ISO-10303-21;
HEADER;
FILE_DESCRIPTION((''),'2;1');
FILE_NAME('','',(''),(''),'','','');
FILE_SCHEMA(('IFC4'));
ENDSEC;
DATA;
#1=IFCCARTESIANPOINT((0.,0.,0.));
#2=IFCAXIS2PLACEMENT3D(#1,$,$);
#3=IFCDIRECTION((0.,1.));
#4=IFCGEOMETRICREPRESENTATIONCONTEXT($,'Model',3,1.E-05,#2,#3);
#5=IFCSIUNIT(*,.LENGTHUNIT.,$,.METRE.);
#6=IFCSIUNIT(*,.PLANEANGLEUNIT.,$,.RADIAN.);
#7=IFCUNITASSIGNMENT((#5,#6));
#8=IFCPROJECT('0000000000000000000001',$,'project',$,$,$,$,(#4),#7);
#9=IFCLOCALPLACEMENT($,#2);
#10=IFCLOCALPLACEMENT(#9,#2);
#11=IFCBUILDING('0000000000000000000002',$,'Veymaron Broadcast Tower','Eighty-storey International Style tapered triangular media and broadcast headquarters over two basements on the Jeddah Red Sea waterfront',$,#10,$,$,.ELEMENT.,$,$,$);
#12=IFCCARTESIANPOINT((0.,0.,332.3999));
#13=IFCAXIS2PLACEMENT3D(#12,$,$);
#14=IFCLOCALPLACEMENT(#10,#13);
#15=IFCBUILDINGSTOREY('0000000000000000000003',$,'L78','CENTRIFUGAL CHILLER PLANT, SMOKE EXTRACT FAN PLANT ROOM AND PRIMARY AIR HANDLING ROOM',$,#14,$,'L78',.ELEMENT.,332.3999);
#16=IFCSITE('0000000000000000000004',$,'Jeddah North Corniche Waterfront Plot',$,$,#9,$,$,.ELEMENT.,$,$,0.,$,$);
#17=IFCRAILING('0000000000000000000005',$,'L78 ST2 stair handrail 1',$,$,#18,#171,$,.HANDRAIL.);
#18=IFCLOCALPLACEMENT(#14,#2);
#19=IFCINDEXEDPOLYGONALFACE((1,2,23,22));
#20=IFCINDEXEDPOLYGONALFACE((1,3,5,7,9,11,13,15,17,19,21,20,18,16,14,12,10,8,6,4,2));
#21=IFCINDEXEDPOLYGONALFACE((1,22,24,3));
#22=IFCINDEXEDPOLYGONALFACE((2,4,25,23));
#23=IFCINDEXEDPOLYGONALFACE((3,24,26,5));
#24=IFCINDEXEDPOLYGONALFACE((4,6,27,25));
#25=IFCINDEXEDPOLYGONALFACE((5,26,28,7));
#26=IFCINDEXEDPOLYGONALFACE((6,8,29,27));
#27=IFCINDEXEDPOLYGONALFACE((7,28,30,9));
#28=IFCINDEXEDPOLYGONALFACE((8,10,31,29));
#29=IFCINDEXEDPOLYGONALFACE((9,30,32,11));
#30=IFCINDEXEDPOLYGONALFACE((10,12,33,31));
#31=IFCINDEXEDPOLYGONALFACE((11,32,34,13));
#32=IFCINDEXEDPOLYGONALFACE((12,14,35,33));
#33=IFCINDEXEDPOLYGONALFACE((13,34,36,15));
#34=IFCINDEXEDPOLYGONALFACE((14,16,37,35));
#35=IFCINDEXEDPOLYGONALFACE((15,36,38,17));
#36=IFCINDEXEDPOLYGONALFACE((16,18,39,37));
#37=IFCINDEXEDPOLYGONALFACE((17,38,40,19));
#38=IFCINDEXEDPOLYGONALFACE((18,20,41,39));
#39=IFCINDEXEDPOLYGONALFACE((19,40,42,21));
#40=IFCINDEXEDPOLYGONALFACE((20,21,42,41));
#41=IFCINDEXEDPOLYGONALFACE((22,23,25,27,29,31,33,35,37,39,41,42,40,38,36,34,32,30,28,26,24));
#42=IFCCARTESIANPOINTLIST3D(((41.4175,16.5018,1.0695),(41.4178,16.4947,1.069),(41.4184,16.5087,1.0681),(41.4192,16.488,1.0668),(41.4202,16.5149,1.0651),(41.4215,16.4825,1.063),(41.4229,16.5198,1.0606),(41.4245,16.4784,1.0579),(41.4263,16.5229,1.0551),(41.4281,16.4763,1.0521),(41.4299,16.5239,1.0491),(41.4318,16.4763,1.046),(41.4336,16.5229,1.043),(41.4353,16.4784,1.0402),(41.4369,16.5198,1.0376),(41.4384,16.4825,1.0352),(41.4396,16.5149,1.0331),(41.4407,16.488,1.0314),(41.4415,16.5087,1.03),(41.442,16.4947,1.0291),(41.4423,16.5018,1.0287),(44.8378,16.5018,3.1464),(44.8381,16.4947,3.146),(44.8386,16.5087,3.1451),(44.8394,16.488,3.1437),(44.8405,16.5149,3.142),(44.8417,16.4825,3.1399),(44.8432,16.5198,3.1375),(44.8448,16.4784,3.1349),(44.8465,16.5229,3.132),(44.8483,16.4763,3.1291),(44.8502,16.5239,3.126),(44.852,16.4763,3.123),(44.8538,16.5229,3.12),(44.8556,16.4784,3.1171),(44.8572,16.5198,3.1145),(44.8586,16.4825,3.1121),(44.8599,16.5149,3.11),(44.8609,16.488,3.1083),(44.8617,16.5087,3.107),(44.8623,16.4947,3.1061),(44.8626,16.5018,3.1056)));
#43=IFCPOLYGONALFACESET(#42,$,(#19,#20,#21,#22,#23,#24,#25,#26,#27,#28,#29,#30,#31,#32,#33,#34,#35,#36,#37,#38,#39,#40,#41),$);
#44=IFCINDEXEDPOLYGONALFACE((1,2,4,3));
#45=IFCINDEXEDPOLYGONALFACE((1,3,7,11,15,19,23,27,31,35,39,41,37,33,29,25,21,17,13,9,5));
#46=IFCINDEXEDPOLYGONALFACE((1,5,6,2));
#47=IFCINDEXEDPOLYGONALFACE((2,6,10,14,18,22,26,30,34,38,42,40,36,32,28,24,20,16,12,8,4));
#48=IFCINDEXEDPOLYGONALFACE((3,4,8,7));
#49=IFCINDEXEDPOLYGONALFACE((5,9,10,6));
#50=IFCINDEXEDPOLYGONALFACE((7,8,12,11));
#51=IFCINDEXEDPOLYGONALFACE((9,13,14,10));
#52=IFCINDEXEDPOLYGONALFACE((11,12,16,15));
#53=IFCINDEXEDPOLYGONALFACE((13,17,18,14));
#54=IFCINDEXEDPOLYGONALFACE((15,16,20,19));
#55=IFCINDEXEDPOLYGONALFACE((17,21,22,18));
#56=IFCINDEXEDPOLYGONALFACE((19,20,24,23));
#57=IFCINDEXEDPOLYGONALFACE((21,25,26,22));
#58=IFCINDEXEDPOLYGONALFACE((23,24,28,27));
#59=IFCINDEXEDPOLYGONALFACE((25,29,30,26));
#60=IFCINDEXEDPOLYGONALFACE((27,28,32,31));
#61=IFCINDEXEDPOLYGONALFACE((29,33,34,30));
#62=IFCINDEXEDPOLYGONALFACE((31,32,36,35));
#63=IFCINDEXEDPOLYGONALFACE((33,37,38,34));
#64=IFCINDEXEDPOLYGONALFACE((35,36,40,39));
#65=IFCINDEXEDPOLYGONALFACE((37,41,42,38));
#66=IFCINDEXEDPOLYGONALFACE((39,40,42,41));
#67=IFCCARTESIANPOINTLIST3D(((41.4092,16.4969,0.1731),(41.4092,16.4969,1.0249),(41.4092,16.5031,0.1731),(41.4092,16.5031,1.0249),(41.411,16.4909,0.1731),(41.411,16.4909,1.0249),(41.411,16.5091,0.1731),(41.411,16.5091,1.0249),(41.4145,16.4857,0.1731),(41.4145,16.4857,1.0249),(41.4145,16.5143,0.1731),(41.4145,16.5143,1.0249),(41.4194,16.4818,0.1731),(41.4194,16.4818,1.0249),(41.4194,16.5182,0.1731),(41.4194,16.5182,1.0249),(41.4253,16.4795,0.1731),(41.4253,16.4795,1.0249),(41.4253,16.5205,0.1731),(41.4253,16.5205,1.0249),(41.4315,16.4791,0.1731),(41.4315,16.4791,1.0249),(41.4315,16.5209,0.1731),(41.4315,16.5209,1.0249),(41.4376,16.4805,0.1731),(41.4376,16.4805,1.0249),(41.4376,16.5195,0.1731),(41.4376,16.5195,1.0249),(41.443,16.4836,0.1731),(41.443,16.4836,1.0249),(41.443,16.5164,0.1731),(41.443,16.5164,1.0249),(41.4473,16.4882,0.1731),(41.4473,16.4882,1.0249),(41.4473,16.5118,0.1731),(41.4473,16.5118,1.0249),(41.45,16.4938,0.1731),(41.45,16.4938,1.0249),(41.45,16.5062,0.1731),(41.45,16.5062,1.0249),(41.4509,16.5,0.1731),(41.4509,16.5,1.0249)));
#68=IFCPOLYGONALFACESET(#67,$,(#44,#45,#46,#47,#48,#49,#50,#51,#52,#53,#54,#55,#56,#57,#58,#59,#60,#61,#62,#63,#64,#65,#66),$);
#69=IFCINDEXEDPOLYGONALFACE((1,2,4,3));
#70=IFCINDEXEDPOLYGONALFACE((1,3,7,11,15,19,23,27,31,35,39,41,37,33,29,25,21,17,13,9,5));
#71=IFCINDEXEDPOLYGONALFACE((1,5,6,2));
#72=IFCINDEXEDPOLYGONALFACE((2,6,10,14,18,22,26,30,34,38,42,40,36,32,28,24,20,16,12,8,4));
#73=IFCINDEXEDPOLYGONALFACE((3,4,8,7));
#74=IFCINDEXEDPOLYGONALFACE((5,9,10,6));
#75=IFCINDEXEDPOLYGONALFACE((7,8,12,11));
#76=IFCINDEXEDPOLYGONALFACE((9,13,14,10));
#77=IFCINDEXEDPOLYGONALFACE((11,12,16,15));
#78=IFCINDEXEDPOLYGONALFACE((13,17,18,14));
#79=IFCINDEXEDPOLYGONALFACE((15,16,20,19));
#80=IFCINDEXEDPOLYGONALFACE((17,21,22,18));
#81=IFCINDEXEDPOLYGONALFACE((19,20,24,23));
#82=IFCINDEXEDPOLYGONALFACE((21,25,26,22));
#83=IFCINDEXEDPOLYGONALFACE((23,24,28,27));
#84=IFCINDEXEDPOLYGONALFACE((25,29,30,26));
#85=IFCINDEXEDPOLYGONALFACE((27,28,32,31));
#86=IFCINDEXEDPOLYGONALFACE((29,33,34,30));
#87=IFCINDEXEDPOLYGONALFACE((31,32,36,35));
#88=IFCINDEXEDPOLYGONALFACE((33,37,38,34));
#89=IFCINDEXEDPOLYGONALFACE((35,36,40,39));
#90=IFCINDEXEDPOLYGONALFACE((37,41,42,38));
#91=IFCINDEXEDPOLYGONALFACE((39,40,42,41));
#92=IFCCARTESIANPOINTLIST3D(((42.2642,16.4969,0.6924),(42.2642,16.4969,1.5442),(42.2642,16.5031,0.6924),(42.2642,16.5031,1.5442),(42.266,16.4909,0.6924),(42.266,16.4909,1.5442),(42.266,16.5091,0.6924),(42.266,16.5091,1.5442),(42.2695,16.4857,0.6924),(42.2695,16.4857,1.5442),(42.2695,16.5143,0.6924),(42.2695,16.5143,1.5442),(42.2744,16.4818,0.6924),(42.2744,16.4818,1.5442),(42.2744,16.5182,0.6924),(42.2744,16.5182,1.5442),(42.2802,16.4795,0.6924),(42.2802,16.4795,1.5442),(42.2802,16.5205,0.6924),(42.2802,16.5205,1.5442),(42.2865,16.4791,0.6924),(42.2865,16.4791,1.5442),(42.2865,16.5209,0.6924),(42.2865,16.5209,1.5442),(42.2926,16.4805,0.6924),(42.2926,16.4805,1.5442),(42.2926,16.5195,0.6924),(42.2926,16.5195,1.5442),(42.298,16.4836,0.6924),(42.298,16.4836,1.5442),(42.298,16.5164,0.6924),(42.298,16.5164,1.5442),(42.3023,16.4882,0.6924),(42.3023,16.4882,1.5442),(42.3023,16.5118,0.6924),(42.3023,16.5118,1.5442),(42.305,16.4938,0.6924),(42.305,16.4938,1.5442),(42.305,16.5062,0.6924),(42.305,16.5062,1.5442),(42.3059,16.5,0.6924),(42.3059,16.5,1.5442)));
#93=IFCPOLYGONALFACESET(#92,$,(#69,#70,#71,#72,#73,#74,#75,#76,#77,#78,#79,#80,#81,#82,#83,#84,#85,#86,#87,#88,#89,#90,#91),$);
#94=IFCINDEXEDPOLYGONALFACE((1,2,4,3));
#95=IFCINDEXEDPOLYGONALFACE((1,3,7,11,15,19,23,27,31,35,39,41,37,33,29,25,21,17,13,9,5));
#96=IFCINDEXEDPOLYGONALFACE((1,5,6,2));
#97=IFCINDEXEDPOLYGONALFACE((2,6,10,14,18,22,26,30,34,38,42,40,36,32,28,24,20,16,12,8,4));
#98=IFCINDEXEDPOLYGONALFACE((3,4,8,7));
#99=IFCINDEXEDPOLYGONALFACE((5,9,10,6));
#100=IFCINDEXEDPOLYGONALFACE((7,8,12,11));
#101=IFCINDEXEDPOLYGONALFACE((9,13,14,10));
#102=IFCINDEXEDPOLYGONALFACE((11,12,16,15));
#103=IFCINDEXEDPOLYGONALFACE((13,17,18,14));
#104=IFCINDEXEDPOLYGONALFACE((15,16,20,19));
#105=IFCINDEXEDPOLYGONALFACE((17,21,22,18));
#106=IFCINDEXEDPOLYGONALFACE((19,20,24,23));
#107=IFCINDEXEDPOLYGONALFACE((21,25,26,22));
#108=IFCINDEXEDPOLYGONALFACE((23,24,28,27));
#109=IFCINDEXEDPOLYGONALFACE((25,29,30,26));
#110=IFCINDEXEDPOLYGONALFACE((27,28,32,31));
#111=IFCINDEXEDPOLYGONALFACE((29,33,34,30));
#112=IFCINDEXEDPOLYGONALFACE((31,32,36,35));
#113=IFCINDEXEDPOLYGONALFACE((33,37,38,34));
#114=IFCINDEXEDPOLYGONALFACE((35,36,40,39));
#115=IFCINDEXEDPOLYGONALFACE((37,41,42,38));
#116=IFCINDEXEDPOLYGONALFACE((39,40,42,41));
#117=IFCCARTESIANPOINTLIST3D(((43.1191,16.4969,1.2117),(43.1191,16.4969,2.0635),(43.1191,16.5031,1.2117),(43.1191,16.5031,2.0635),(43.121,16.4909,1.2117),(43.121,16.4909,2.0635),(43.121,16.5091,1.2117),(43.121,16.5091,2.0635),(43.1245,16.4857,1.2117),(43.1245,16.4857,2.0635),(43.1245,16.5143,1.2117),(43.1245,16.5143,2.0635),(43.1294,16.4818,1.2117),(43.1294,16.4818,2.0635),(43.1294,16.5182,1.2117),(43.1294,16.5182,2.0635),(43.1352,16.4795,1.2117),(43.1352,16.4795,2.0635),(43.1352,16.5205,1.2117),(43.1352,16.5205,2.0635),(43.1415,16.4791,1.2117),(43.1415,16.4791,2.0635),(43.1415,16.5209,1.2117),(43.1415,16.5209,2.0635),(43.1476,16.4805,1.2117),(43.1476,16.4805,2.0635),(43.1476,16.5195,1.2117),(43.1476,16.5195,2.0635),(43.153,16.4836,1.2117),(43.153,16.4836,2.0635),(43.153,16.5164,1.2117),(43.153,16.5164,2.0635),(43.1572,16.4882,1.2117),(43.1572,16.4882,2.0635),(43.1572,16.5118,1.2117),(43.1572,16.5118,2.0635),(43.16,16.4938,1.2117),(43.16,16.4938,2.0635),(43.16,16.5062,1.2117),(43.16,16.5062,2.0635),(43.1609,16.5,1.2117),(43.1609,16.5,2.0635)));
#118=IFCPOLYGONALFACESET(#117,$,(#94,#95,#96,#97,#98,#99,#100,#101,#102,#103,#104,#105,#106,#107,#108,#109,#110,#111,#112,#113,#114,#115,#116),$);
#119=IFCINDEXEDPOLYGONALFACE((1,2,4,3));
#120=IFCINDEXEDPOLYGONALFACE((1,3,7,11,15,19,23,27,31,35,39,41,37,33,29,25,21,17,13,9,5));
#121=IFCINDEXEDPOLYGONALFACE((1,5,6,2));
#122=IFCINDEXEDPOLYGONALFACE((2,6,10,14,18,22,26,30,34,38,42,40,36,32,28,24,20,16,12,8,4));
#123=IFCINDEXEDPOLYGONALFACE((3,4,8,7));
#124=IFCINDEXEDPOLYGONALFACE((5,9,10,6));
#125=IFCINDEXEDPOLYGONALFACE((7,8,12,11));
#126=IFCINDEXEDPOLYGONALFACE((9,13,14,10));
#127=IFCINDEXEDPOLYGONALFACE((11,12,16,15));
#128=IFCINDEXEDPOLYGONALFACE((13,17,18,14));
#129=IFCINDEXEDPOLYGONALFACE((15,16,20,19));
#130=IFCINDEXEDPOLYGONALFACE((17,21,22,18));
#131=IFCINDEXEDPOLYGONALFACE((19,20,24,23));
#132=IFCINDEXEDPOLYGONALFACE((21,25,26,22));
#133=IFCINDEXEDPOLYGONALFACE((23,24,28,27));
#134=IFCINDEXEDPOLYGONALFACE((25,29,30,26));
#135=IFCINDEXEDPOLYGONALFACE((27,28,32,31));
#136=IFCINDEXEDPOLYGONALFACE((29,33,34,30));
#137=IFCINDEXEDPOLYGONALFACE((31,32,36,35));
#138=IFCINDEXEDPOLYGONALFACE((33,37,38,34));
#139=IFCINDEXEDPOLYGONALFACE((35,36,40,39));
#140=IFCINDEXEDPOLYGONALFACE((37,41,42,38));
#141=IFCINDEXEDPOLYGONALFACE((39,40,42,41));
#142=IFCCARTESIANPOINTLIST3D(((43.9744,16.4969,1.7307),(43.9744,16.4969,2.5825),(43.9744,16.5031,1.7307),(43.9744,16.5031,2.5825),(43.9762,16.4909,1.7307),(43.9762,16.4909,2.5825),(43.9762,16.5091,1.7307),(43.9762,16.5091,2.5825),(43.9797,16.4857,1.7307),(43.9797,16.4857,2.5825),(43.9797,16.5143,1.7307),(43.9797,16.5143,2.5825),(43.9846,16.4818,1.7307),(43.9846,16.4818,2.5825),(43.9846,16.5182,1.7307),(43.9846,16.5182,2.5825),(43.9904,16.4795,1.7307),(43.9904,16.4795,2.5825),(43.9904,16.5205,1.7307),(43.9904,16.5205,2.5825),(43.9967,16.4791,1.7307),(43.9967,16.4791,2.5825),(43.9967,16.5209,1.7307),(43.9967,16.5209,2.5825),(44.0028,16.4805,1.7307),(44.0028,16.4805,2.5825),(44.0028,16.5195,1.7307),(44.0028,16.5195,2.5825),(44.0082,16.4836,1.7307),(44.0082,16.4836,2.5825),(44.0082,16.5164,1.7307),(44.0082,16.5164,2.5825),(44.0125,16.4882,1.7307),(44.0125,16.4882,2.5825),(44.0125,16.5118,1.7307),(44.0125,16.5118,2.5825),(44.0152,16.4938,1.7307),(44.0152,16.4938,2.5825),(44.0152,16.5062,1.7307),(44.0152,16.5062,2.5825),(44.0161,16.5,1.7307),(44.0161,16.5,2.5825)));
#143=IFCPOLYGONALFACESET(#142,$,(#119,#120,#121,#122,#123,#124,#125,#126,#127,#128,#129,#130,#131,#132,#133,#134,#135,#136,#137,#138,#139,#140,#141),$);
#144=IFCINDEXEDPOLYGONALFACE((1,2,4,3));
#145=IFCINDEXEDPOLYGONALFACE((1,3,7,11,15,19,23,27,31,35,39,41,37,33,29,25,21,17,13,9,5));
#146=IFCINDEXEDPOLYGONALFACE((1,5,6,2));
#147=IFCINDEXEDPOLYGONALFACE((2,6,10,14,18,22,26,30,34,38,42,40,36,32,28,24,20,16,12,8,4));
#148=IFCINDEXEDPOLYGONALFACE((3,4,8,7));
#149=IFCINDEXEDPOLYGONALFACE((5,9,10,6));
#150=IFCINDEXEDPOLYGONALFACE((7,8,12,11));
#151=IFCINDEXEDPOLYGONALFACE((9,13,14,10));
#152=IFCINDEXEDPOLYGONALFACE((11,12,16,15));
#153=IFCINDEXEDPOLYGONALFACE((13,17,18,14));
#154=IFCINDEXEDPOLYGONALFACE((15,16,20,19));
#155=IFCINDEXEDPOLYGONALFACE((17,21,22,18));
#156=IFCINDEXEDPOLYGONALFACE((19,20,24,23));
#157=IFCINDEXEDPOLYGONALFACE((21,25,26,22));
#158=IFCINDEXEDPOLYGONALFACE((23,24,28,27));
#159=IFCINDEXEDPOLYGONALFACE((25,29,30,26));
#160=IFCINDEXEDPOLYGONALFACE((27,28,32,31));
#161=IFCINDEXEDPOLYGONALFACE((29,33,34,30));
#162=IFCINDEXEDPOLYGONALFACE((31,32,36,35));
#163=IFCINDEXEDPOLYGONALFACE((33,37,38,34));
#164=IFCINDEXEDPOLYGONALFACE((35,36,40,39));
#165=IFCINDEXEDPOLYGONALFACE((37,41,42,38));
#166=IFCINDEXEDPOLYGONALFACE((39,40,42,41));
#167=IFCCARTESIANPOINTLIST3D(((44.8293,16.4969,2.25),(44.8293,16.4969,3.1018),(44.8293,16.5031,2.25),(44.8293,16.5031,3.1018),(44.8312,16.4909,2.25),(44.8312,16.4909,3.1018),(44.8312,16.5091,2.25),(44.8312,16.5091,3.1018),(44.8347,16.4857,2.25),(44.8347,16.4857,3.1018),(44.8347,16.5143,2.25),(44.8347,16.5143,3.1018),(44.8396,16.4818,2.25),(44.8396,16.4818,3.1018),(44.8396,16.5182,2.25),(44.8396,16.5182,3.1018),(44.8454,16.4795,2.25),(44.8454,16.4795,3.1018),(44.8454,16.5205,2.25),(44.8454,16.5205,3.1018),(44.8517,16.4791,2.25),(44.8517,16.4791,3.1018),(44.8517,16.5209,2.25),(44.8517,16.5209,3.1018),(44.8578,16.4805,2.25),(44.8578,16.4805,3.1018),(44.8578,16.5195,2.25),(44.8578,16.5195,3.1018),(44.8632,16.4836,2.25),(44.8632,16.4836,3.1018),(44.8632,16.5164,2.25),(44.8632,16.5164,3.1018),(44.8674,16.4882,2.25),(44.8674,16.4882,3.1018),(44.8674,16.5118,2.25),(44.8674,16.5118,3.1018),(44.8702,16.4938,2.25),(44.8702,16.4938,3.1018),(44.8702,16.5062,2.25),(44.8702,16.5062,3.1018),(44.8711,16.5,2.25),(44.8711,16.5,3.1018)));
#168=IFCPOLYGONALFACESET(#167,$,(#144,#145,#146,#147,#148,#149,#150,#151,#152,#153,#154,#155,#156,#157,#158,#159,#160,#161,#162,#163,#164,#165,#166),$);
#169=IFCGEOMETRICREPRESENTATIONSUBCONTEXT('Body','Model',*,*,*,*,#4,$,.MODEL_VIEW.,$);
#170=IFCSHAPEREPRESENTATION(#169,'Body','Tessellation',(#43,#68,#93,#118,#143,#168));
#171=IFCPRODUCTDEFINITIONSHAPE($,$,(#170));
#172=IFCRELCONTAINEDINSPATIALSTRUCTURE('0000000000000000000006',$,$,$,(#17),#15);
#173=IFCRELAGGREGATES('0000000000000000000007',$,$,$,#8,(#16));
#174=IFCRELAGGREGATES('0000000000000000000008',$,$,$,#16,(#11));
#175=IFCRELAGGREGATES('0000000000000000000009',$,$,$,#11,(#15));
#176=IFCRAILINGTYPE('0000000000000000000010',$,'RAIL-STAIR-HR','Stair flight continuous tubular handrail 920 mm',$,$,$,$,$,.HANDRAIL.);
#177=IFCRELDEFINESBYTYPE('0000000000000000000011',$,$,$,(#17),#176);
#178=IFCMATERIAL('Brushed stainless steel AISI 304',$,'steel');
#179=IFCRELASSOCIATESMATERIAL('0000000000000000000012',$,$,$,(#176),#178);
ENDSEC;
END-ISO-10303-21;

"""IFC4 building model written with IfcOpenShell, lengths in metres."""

from ifc_helpers import new_model, si_unit, direction, frame, origin, origin_2d, place, context, subcontext, project, spatial, circle, extrude, material, type_object, element, save


model = new_model("IFC4")

# Units and contexts
model_context = context("Model", 3, precision=1e-05, world=origin(), true_north=direction((0.0, 1.0)))
body_context = subcontext(model_context, "Body", "Model", "MODEL_VIEW")
ifc_project = project(units=[si_unit("LENGTHUNIT", "METRE"), si_unit("PLANEANGLEUNIT", "RADIAN")], contexts=[model_context])

# Site, building, storey
site_placement = place(None, origin())
site = spatial("IfcSite", under=ifc_project, at=site_placement, Name="Jeddah North Corniche Waterfront Plot", CompositionType="ELEMENT", RefElevation=0.0)
building_placement = place(site_placement, origin())
building = spatial("IfcBuilding", under=site, at=building_placement, Name="Veymaron Broadcast Tower", Description="Eighty-storey International Style tapered triangular media and broadcast headquarters over two basements on the Jeddah Red Sea waterfront", CompositionType="ELEMENT")
storey_placement = place(building_placement, frame((0.0, 0.0, 332.3999)))
storey = spatial("IfcBuildingStorey", under=building, at=storey_placement, Name="L78", Description="CENTRIFUGAL CHILLER PLANT, SMOKE EXTRACT FAN PLANT ROOM AND PRIMARY AIR HANDLING ROOM", LongName="L78", CompositionType="ELEMENT", Elevation=332.3999)

# Railing
ifc_material_1 = material(Name="Brushed stainless steel AISI 304", Category="steel")
railing_type_1 = type_object("IfcRailingType", Name="RAIL-STAIR-HR", Description="Stair flight continuous tubular handrail 920 mm", PredefinedType="HANDRAIL", material=ifc_material_1)
railing_1_placement = place(storey_placement, frame((41.4299, 16.5, 0.1731)))
element("IfcRailing", 1, at=railing_1_placement, inside=storey, type_object=railing_type_1, Name="L78 ST2 stair handrail 1", PredefinedType="HANDRAIL", context=body_context, shape_type="SweptSolid", body=[
    extrude(circle(Radius=0.0239, at=origin_2d()), frame((0.0, 0.0, 0.876), z_axis=(0.854746, 0.0, 0.519047), x_axis=(0.0, 1.0, 0.0)), (0.0, 0.0, 1.0), 4.0015),
    extrude(circle(Radius=0.021, at=origin_2d()), origin(), (0.0, 0.0, 1.0), 0.8518),
    extrude(circle(Radius=0.021, at=origin_2d()), frame((0.855, 0.0, 0.5193)), (0.0, 0.0, 1.0), 0.8518),
    extrude(circle(Radius=0.021, at=origin_2d()), frame((1.71, 0.0, 1.0386)), (0.0, 0.0, 1.0), 0.8518),
    extrude(circle(Radius=0.021, at=origin_2d()), frame((2.5652, 0.0, 1.5576)), (0.0, 0.0, 1.0), 0.8518),
    extrude(circle(Radius=0.021, at=origin_2d()), frame((3.4202, 0.0, 2.0769)), (0.0, 0.0, 1.0), 0.8518),
])

save(model, "model.ifc")
